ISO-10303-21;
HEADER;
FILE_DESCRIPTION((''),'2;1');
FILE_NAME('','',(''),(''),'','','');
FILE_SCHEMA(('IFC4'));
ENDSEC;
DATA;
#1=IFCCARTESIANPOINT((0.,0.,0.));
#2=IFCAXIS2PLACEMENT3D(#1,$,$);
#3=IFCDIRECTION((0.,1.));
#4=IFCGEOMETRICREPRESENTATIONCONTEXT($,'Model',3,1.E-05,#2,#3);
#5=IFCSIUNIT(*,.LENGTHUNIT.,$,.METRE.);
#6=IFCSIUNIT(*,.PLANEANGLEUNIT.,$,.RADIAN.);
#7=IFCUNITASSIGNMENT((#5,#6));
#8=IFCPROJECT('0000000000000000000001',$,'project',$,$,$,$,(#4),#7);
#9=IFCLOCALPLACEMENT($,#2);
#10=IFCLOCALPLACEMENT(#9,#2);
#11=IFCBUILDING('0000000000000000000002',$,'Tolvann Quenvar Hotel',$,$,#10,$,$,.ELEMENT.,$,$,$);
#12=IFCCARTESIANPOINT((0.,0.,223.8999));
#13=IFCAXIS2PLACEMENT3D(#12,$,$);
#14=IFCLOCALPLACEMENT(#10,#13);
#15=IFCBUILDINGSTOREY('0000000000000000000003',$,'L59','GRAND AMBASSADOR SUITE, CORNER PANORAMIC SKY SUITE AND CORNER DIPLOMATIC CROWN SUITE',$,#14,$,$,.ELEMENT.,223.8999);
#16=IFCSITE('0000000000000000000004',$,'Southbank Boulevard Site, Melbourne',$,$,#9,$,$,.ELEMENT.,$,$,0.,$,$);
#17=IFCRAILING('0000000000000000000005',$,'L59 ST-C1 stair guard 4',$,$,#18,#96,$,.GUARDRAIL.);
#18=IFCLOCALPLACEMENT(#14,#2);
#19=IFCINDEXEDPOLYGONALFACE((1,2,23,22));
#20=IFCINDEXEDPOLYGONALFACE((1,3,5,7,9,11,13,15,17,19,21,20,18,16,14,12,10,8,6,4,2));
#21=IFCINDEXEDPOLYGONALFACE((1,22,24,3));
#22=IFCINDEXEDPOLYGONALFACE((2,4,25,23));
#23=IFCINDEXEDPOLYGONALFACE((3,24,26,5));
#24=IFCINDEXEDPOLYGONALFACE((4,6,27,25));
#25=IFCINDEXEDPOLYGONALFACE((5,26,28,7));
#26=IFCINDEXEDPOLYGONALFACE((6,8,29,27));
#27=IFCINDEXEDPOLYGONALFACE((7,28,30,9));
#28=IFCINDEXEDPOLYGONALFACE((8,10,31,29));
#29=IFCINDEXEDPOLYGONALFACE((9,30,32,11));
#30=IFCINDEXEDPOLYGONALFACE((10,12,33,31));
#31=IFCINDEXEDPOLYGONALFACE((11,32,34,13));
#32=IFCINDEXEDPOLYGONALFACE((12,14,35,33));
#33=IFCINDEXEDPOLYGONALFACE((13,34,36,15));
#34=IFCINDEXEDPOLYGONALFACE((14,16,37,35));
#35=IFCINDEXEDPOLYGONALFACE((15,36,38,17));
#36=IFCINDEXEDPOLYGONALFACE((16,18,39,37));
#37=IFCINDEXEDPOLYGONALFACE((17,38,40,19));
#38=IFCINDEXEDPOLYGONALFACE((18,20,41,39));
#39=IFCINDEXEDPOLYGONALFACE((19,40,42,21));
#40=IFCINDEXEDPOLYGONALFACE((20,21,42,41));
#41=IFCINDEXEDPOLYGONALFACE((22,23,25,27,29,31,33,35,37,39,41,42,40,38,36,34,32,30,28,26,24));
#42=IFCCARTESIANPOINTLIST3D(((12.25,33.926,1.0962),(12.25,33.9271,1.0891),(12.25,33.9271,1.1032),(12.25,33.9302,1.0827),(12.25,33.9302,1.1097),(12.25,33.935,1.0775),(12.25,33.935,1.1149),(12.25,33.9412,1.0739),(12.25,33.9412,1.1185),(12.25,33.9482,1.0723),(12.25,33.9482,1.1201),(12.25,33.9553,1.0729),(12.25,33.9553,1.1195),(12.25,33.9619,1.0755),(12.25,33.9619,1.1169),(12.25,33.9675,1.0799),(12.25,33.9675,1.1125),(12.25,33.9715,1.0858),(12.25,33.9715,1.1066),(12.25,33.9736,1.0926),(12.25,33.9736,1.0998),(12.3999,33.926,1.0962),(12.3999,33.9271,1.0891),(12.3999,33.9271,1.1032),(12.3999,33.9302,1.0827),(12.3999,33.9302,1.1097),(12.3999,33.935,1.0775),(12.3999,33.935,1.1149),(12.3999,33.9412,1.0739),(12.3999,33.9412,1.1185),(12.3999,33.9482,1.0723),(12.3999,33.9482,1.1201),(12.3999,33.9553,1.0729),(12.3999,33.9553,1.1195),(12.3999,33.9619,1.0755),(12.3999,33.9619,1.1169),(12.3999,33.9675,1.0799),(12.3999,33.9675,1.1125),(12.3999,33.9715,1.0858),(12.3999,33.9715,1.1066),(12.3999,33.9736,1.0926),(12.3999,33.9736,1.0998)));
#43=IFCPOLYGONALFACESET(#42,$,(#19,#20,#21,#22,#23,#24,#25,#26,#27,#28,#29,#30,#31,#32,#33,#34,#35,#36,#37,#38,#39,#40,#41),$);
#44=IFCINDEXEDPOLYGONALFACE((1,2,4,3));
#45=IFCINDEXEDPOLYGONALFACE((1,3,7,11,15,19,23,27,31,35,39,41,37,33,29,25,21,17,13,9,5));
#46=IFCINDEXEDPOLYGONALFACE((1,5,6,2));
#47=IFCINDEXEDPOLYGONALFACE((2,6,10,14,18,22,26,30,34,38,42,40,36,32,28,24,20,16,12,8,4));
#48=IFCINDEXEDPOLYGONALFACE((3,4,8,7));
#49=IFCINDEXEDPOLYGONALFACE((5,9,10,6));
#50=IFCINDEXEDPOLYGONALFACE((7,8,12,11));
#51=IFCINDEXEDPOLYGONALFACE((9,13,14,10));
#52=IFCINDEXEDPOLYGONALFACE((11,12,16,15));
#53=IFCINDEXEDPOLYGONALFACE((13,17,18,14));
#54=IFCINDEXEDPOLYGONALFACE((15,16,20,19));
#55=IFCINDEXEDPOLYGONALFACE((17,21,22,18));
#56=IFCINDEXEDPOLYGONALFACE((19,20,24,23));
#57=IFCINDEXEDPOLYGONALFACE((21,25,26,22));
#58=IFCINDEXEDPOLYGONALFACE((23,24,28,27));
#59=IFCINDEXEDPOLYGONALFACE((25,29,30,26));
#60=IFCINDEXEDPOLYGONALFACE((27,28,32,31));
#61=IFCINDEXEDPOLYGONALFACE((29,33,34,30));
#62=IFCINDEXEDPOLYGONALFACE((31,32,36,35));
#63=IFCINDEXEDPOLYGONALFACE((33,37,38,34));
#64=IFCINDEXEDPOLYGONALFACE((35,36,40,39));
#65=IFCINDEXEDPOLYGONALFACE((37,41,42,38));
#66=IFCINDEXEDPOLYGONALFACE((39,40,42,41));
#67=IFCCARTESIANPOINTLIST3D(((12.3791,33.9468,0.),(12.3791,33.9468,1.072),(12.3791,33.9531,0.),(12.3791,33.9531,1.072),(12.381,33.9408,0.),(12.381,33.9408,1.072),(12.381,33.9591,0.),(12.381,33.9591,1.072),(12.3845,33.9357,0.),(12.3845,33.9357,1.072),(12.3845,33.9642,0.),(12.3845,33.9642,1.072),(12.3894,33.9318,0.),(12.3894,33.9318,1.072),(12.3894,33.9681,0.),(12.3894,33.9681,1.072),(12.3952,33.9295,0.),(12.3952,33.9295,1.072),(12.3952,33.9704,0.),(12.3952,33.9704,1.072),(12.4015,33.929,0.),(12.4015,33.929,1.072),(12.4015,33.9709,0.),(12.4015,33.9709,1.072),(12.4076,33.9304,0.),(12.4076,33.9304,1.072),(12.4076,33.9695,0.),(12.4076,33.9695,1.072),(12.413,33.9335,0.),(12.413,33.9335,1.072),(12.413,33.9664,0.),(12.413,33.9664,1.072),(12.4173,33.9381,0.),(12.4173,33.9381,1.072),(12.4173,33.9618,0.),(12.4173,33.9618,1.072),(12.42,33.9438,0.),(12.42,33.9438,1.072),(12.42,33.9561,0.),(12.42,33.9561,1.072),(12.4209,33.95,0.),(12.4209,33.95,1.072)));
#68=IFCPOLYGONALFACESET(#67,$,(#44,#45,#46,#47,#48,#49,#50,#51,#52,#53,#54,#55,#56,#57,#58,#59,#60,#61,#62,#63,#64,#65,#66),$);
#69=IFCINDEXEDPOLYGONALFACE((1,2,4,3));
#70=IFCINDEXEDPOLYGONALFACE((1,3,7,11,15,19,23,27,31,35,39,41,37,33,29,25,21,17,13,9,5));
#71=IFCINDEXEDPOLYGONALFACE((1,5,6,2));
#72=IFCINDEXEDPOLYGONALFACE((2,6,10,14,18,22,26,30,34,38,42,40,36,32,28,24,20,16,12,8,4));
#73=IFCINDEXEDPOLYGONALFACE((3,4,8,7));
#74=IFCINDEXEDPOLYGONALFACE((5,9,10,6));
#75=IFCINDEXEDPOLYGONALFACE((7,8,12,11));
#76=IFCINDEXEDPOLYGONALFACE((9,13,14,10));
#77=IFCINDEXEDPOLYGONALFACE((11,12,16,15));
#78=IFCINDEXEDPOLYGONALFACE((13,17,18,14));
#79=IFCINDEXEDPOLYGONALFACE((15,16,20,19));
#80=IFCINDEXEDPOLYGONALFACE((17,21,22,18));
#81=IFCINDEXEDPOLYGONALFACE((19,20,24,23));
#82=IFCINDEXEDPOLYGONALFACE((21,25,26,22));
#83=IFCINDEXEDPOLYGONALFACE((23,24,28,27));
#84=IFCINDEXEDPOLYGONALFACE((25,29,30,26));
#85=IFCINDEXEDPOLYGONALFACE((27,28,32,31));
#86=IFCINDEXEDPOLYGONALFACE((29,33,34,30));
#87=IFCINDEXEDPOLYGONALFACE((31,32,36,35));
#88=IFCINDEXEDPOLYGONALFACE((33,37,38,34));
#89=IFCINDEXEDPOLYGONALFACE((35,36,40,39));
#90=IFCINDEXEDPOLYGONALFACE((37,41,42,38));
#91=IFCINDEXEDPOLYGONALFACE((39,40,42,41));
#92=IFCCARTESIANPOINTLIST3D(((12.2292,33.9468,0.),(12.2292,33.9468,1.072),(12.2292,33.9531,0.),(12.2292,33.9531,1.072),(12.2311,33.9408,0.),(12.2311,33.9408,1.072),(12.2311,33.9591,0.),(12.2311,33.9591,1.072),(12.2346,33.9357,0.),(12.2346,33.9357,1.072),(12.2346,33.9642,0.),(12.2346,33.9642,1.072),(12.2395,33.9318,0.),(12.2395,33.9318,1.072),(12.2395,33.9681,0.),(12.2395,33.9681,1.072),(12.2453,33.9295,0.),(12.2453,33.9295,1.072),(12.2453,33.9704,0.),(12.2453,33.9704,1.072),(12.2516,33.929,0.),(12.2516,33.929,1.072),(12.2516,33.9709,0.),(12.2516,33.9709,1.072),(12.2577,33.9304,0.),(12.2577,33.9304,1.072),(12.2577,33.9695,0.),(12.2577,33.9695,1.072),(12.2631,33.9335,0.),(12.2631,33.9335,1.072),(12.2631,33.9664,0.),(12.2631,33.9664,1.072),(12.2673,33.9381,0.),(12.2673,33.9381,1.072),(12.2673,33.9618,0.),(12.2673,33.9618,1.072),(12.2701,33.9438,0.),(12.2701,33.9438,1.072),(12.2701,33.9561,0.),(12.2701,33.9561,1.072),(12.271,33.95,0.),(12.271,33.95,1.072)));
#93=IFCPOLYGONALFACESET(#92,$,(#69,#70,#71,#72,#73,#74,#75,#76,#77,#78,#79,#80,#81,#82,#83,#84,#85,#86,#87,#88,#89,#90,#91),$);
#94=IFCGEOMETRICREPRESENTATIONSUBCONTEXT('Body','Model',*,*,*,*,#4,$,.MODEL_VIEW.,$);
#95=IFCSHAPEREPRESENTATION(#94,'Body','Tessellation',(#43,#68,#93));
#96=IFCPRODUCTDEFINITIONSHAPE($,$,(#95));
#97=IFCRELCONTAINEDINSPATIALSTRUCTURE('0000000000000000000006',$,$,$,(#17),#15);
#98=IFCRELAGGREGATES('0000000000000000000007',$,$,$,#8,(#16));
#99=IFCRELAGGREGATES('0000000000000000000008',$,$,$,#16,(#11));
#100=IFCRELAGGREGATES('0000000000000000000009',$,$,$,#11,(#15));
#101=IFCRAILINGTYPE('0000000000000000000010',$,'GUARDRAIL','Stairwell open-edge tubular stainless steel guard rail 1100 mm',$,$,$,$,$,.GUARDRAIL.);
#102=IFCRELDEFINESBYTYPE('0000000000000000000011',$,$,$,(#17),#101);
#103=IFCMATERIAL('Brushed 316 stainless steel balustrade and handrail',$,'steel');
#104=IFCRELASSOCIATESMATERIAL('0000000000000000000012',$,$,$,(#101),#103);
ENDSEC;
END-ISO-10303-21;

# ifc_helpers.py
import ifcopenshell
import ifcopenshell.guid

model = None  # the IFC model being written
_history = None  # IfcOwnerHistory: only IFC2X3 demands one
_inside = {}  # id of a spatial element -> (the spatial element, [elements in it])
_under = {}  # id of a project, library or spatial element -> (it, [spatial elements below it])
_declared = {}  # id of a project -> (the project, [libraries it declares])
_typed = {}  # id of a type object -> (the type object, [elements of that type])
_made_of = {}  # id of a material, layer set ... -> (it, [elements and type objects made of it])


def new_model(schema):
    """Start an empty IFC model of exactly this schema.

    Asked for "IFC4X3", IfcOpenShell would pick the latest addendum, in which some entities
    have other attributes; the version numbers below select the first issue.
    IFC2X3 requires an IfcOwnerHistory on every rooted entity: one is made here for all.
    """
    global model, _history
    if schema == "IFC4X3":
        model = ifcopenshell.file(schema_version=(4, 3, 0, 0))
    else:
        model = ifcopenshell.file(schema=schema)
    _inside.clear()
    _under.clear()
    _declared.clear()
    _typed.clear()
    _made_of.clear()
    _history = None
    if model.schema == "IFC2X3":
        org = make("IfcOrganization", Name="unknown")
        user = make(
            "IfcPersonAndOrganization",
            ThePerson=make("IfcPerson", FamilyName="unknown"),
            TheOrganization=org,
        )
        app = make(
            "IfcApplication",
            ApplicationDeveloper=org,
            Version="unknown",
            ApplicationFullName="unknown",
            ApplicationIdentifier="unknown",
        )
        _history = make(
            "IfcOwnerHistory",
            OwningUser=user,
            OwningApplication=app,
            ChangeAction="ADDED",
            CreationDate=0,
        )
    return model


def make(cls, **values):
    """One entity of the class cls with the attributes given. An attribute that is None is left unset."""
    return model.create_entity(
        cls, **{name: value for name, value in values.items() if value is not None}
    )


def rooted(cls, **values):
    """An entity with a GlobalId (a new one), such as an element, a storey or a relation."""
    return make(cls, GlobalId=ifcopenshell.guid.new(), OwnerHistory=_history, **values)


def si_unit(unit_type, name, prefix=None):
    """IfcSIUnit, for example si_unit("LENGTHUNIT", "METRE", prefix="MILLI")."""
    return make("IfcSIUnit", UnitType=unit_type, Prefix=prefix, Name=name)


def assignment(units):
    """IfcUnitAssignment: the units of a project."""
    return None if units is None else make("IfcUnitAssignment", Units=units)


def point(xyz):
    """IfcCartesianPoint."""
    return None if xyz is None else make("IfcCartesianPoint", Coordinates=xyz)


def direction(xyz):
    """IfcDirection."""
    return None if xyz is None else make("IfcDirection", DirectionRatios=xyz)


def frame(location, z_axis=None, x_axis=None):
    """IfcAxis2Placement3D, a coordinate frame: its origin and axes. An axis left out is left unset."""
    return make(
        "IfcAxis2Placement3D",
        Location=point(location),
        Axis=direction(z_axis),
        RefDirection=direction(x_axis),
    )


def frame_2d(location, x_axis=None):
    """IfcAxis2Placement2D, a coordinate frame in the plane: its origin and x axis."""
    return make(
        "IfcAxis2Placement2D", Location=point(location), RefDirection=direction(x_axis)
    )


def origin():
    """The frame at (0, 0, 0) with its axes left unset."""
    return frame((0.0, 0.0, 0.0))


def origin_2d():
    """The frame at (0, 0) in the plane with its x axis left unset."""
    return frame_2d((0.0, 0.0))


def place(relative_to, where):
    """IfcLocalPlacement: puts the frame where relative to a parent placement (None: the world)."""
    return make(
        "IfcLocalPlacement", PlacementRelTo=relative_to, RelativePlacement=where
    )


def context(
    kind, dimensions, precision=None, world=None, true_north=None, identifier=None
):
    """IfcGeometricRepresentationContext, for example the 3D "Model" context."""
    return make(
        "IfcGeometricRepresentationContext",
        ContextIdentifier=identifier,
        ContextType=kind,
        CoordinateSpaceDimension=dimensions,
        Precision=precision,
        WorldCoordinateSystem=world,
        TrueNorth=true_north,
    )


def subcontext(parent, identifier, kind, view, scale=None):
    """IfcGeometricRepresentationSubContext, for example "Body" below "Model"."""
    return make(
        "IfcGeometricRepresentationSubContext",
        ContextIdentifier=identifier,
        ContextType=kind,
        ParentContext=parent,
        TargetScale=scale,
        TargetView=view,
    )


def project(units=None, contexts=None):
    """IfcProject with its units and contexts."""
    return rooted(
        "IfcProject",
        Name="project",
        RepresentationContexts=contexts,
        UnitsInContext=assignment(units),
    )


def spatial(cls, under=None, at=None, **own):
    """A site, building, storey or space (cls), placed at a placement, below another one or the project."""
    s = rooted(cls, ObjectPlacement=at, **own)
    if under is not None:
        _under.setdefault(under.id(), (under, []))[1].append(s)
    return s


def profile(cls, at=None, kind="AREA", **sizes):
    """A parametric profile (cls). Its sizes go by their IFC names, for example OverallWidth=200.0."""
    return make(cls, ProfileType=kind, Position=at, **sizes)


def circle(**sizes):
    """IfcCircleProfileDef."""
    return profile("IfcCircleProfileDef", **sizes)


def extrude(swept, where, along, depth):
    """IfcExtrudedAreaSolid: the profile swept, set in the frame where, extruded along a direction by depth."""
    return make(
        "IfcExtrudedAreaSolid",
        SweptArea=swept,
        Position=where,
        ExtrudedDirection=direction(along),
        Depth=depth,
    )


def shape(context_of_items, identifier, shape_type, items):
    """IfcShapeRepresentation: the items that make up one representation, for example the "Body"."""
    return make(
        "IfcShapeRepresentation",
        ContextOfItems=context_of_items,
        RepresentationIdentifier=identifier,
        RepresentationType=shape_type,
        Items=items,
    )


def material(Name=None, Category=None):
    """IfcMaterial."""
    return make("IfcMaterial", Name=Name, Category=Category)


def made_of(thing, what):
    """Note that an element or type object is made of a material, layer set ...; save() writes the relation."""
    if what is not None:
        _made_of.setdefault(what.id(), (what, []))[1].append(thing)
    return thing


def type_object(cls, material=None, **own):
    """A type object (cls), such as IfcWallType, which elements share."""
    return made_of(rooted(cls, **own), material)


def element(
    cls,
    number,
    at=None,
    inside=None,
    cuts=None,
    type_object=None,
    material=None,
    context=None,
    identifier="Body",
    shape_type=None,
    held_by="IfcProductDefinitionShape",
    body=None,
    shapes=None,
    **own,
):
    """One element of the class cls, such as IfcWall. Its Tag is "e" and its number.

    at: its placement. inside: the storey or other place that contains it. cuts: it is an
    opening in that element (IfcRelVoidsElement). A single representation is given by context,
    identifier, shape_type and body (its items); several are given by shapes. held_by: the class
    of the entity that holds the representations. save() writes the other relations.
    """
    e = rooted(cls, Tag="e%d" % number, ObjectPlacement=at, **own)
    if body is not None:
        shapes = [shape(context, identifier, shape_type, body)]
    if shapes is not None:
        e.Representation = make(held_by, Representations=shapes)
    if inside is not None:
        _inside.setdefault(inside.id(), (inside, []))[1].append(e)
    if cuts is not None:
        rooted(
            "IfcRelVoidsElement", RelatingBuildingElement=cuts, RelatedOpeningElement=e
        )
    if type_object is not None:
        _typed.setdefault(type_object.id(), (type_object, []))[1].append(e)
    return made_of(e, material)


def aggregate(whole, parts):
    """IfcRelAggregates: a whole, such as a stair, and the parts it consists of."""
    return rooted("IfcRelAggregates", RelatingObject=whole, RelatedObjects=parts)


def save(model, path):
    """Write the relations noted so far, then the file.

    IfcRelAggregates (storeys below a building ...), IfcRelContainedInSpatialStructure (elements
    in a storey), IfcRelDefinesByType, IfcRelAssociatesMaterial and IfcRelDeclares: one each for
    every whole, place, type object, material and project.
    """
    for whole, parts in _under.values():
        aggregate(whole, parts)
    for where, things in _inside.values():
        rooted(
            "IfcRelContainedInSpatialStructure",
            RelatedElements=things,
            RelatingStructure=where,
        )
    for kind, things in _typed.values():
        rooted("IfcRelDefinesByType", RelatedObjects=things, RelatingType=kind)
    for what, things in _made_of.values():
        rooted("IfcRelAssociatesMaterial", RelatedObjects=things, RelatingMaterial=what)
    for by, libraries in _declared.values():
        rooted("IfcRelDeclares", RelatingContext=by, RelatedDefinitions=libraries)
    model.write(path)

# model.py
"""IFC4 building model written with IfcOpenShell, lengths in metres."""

from ifc_helpers import new_model, si_unit, direction, frame, origin, origin_2d, place, context, subcontext, project, spatial, circle, extrude, material, type_object, element, save


model = new_model("IFC4")

# Units and contexts
model_context = context("Model", 3, precision=1e-05, world=origin(), true_north=direction((0.0, 1.0)))
body_context = subcontext(model_context, "Body", "Model", "MODEL_VIEW")
ifc_project = project(units=[si_unit("LENGTHUNIT", "METRE"), si_unit("PLANEANGLEUNIT", "RADIAN")], contexts=[model_context])

# Site, building, storey
site_placement = place(None, origin())
site = spatial("IfcSite", under=ifc_project, at=site_placement, Name="Southbank Boulevard Site, Melbourne", CompositionType="ELEMENT", RefElevation=0.0)
building_placement = place(site_placement, origin())
building = spatial("IfcBuilding", under=site, at=building_placement, Name="Tolvann Quenvar Hotel", CompositionType="ELEMENT")
storey_placement = place(building_placement, frame((0.0, 0.0, 223.8999)))
storey = spatial("IfcBuildingStorey", under=building, at=storey_placement, Name="L59", Description="GRAND AMBASSADOR SUITE, CORNER PANORAMIC SKY SUITE AND CORNER DIPLOMATIC CROWN SUITE", CompositionType="ELEMENT", Elevation=223.8999)

# Railing
ifc_material_1 = material(Name="Brushed 316 stainless steel balustrade and handrail", Category="steel")
railing_type = type_object("IfcRailingType", Name="GUARDRAIL", Description="Stairwell open-edge tubular stainless steel guard rail 1100 mm", PredefinedType="GUARDRAIL", material=ifc_material_1)
railing_1_placement = place(storey_placement, frame((12.3999, 33.95, 0.0)))
element("IfcRailing", 1, at=railing_1_placement, inside=storey, type_object=railing_type, Name="L59 ST-C1 stair guard 4", PredefinedType="GUARDRAIL", context=body_context, shape_type="SweptSolid", body=[
    extrude(circle(Radius=0.0239, at=origin_2d()), frame((0.0, 0.0, 1.0962), z_axis=(-1.0, 0.0, 0.0), x_axis=(0.0, -1.0, 0.0)), (0.0, 0.0, 1.0), 0.1499),
    extrude(circle(Radius=0.021, at=origin_2d()), origin(), (0.0, 0.0, 1.0), 1.072),
    extrude(circle(Radius=0.021, at=origin_2d()), frame((-0.1499, 0.0, 0.0)), (0.0, 0.0, 1.0), 1.072),
])

save(model, "model.ifc")
